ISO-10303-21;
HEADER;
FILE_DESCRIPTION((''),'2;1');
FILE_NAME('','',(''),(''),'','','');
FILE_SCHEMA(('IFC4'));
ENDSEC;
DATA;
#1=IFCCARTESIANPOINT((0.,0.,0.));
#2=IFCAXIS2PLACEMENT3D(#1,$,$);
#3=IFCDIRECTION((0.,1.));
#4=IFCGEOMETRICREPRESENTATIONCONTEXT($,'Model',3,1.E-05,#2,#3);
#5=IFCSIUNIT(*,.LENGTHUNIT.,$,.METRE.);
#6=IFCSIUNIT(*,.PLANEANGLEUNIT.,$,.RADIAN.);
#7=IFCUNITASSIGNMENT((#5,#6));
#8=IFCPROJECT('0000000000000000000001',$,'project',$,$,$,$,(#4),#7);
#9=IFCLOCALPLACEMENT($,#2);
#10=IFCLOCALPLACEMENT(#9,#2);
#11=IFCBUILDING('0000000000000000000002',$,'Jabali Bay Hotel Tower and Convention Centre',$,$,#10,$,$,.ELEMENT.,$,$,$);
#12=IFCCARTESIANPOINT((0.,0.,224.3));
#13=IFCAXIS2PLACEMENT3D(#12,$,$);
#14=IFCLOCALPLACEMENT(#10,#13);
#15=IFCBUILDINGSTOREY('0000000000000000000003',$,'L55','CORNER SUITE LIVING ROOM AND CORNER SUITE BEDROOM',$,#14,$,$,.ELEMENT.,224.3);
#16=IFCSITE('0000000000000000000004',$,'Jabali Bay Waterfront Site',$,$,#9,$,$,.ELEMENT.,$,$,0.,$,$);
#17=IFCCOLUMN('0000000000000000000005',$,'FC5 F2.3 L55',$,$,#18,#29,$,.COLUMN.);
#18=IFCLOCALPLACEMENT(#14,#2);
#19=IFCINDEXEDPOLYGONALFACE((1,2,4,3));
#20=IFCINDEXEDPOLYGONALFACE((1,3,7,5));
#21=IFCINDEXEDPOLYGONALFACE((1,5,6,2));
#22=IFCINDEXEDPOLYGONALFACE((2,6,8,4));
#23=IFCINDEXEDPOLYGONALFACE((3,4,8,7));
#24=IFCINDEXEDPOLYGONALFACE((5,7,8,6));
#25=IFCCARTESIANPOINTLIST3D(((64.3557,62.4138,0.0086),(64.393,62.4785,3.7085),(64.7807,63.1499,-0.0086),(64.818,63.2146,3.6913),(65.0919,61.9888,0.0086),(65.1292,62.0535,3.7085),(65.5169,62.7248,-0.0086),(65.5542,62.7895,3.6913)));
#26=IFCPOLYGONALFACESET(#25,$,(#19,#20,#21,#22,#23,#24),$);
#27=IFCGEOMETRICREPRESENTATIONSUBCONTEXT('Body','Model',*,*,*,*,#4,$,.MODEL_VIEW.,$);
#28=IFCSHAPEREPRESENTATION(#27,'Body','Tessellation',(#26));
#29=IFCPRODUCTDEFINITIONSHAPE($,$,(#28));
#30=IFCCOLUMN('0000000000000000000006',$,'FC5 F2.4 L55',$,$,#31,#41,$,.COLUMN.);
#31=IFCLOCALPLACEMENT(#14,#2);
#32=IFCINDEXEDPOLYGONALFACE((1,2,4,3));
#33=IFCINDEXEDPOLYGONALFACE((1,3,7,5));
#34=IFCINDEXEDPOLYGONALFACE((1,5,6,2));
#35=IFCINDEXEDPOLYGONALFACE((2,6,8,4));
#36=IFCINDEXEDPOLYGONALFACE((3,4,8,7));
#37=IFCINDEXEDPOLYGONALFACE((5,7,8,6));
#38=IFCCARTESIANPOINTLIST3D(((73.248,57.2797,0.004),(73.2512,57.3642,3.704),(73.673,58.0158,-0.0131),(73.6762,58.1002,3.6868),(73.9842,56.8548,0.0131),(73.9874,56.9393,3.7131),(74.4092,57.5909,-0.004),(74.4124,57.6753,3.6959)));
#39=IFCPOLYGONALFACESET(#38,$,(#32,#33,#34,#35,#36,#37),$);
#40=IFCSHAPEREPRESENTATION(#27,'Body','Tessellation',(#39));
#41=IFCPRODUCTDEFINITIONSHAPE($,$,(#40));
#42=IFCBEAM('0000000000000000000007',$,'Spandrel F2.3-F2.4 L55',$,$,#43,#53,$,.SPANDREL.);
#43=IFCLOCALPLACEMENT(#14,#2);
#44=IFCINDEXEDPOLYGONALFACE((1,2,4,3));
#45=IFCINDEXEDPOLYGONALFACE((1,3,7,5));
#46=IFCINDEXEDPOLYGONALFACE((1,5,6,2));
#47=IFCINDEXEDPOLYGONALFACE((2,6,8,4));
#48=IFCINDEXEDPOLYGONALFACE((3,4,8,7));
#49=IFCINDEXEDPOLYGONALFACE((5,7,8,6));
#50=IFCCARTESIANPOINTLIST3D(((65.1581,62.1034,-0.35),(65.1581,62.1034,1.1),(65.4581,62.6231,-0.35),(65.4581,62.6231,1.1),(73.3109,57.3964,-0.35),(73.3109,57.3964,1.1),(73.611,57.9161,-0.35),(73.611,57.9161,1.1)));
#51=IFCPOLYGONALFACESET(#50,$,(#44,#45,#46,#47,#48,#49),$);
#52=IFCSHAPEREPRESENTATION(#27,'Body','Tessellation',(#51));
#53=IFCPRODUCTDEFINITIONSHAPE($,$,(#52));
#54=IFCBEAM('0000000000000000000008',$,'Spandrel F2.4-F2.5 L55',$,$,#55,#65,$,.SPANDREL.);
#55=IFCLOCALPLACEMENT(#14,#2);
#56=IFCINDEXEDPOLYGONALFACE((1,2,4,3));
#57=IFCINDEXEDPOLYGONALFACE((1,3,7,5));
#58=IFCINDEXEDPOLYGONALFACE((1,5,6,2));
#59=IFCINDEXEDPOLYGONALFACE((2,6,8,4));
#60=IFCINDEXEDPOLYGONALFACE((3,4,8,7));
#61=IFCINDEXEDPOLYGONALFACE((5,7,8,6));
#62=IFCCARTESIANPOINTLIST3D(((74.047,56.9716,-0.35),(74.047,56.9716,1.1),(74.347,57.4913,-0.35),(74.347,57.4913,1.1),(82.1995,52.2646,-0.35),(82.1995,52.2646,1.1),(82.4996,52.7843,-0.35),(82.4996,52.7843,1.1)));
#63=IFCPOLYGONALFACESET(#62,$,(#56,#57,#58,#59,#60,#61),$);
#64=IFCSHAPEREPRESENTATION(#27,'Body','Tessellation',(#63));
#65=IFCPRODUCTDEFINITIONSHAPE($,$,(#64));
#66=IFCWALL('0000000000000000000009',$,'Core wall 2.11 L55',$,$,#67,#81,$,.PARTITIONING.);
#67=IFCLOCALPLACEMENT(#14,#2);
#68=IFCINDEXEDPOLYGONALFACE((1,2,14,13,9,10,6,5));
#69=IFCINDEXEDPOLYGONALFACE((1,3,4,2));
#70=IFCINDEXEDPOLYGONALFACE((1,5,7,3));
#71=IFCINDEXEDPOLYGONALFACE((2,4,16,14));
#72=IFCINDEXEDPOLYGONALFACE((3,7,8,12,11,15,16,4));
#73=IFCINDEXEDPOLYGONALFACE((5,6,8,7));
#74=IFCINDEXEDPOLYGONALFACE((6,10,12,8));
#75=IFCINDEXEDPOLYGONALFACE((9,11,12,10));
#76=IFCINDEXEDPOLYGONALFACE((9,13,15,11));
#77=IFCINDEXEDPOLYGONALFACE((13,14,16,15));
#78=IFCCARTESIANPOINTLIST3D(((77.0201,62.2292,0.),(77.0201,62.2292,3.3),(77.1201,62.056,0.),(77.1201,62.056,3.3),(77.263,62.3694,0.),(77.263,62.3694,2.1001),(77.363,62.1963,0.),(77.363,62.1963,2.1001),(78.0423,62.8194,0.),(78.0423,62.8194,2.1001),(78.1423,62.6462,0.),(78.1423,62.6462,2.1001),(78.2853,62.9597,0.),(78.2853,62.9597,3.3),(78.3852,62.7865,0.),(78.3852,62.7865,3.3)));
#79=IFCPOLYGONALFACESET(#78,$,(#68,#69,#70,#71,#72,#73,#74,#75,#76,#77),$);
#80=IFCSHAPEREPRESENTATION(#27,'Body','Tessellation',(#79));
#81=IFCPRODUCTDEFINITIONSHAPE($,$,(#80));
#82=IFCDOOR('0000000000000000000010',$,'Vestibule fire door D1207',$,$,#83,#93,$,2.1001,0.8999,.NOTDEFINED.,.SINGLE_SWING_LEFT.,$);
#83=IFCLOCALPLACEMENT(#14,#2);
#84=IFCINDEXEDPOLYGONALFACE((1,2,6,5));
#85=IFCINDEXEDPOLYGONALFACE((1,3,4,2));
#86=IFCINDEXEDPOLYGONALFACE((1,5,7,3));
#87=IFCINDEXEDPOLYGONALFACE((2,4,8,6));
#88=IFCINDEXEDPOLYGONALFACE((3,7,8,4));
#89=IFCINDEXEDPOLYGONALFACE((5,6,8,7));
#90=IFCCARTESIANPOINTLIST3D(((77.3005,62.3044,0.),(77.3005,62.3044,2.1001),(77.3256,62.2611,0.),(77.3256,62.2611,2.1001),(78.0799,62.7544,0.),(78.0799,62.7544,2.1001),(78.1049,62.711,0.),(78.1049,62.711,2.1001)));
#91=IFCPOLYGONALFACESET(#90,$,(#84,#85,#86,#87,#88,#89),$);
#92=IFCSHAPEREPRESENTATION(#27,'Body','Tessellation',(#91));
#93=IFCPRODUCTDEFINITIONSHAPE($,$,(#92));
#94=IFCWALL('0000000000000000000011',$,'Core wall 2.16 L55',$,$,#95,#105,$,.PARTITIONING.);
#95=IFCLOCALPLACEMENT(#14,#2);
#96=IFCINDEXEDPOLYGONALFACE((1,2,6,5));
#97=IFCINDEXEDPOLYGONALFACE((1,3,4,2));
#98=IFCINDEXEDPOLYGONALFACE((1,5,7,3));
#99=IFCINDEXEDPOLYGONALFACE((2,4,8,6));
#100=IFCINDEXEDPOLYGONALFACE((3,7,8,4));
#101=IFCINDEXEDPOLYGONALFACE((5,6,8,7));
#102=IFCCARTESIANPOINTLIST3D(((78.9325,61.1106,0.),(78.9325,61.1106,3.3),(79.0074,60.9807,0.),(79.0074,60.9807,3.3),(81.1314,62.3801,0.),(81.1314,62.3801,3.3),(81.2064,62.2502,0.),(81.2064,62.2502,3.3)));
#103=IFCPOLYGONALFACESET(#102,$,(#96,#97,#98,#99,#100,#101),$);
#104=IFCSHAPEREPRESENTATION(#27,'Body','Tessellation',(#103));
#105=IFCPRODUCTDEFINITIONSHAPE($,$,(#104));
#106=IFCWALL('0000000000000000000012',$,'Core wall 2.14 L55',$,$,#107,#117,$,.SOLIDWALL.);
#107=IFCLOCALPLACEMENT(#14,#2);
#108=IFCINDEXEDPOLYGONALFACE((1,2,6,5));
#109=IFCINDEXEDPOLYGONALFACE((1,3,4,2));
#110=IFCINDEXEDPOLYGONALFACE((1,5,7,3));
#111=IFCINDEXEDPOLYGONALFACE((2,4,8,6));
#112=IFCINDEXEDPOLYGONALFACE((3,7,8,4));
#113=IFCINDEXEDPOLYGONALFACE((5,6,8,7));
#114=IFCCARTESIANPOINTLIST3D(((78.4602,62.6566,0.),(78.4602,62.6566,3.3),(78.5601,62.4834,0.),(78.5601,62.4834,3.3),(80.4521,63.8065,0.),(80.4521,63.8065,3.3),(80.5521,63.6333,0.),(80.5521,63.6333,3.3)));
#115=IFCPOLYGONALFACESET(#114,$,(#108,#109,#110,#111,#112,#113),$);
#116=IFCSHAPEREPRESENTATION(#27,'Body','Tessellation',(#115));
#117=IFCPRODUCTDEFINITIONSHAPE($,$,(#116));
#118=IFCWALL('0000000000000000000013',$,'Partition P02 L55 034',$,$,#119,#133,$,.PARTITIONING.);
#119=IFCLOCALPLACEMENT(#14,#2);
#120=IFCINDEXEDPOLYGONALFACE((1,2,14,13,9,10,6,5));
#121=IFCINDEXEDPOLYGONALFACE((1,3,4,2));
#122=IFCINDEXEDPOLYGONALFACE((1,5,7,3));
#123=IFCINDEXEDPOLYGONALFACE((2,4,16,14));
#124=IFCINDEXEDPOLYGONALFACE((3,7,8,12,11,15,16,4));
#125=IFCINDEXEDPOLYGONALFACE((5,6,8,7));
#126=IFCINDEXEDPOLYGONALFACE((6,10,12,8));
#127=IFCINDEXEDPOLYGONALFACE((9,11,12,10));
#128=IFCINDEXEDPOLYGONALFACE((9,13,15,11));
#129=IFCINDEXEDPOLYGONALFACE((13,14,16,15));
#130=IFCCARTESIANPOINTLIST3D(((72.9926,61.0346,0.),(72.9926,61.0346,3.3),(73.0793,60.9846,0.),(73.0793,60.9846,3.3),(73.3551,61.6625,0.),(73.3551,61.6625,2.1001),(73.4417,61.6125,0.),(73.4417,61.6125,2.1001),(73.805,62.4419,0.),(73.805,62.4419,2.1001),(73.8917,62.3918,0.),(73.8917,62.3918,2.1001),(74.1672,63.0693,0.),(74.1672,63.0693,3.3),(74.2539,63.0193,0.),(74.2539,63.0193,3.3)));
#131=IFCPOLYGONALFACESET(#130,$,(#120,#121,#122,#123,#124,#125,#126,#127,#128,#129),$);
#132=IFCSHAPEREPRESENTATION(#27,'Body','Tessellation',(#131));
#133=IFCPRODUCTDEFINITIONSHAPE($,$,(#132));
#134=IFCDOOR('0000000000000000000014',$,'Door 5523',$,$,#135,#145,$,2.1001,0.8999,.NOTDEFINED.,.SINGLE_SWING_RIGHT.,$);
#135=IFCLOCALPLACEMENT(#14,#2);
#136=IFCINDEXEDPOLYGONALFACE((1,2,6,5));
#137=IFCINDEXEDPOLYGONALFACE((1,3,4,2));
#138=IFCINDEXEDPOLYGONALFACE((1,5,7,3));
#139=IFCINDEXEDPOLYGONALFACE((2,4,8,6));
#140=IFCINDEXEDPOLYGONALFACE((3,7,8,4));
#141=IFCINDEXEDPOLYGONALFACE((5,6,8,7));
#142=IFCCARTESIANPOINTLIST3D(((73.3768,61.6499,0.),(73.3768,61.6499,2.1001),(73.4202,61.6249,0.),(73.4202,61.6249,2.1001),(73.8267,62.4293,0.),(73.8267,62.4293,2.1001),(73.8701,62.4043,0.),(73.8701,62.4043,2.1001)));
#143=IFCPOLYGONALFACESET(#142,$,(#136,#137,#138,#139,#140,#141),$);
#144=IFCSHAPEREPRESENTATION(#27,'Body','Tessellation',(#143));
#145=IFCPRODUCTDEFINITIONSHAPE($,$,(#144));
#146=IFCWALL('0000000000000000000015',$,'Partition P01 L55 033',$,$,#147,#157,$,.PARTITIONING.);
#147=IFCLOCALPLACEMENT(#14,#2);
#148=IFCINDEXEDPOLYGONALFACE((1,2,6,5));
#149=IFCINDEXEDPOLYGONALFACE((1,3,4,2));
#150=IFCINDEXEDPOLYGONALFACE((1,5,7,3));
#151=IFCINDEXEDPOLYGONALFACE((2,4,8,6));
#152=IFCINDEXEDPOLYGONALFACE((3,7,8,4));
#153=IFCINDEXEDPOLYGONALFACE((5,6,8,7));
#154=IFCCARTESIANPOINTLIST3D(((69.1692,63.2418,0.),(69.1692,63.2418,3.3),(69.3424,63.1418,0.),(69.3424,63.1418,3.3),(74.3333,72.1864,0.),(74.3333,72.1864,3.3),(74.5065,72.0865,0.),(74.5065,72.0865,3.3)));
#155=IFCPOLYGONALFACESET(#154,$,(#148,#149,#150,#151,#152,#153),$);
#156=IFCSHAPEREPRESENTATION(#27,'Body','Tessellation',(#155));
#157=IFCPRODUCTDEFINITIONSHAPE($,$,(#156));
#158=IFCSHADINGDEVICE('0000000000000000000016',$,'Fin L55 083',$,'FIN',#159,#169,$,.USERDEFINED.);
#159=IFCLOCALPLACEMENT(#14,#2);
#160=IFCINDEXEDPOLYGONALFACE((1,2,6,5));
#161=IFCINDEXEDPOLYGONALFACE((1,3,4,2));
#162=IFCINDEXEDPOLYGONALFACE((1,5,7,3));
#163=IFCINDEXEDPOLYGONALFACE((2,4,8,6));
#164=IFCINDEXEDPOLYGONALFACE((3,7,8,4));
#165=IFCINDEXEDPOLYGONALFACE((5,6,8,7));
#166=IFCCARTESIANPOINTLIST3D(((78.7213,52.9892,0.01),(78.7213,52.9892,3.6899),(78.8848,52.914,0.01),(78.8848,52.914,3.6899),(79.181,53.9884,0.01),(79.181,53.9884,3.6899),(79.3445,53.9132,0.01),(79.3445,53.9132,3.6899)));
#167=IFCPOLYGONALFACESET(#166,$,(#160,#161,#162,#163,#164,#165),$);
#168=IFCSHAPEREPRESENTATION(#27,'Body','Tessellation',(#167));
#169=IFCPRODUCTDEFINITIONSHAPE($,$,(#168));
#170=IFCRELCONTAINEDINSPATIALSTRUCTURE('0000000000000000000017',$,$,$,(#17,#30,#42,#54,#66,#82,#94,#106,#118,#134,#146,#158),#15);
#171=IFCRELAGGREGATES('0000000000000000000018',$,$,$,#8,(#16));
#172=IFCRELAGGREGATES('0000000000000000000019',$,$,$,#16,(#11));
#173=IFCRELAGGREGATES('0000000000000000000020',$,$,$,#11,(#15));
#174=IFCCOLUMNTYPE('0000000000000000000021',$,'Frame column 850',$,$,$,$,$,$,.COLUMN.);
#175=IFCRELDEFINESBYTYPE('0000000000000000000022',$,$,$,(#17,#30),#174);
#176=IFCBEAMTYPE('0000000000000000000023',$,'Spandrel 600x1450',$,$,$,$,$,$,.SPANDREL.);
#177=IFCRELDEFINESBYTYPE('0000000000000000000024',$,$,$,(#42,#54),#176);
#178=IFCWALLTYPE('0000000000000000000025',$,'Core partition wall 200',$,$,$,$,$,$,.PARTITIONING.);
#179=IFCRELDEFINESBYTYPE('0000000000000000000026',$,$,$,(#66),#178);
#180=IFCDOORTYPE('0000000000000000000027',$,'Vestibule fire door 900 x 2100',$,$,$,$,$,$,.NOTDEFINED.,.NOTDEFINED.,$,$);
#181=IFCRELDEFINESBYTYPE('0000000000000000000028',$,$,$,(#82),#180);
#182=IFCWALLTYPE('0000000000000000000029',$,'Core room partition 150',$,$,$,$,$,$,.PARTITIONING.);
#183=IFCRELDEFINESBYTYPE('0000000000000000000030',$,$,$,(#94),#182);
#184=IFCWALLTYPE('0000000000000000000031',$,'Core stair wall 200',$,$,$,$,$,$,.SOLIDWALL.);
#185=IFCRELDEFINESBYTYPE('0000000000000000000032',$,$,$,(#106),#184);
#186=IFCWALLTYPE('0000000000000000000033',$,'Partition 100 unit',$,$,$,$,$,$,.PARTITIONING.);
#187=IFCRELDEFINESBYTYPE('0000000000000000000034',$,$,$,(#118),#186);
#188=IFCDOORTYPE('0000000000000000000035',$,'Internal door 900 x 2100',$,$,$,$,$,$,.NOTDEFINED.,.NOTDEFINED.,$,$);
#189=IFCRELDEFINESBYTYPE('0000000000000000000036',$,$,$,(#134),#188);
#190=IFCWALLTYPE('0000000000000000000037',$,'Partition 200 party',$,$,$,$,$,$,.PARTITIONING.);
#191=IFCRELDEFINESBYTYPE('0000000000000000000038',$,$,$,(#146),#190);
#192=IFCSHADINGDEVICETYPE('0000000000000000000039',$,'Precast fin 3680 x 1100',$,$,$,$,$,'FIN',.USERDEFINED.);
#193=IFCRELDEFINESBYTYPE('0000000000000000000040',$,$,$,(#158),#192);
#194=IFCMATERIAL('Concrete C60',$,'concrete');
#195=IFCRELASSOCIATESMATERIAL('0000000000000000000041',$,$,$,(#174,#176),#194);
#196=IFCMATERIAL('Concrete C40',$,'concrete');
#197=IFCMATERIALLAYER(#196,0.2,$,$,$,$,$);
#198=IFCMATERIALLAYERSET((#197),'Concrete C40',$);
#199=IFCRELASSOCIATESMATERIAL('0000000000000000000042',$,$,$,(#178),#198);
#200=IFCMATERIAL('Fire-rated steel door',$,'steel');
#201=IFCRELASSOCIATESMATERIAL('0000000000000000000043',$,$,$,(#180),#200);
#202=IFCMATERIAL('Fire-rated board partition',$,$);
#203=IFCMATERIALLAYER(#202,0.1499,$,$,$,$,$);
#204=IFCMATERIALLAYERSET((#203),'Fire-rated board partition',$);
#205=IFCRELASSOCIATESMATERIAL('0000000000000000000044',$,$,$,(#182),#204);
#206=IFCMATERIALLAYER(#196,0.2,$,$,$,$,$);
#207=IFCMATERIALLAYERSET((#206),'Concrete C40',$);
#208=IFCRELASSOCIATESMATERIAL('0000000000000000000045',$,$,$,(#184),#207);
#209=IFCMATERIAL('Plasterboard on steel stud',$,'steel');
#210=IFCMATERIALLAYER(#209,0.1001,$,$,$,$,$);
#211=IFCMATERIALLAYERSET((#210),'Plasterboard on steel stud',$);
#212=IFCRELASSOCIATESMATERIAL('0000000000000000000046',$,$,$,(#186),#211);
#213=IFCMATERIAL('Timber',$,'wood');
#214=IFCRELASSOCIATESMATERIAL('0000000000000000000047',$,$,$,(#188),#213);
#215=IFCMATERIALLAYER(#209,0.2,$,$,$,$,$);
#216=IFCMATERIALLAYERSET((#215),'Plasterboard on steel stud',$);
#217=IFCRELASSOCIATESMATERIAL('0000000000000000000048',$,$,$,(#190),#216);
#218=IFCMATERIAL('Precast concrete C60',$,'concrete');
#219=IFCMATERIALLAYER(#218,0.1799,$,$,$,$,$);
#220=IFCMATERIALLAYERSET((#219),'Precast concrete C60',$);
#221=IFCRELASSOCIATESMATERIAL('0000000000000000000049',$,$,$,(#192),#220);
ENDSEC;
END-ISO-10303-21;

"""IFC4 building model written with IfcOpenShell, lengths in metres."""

from ifc_helpers import new_model, si_unit, direction, frame, frame_2d, origin, origin_2d, place, context, subcontext, project, spatial, rectangle, extrude, material, layer, layer_set, material_profile, profile_set, type_object, element, fill, save


model = new_model("IFC4")

# Units and contexts
model_context = context("Model", 3, precision=1e-05, world=origin(), true_north=direction((0.0, 1.0)))
body_context = subcontext(model_context, "Body", "Model", "MODEL_VIEW")
ifc_project = project(units=[si_unit("LENGTHUNIT", "METRE"), si_unit("PLANEANGLEUNIT", "RADIAN")], contexts=[model_context])

# Site, building, storey
site_placement = place(None, origin())
site = spatial("IfcSite", under=ifc_project, at=site_placement, Name="Jabali Bay Waterfront Site", CompositionType="ELEMENT", RefElevation=0.0)
building_placement = place(site_placement, origin())
building = spatial("IfcBuilding", under=site, at=building_placement, Name="Jabali Bay Hotel Tower and Convention Centre", CompositionType="ELEMENT")
storey_placement = place(building_placement, frame((0.0, 0.0, 224.3)))
storey = spatial("IfcBuildingStorey", under=building, at=storey_placement, Name="L55", Description="CORNER SUITE LIVING ROOM AND CORNER SUITE BEDROOM", CompositionType="ELEMENT", Elevation=224.3)

# Columns
ifc_material_1 = material(Name="Concrete C60", Category="concrete")
ifc_material_profile_1 = material_profile(ifc_material_1, rectangle(XDim=0.8501, YDim=0.8501, at=origin_2d()), Name="Frame column 850")
ifc_profile_set_1 = profile_set([ifc_material_profile_1], Name="Concrete C60")
column_type = type_object("IfcColumnType", Name="Frame column 850", PredefinedType="COLUMN", material=ifc_profile_set_1)
column_1_placement = place(storey_placement, frame((64.9363, 62.5693, 0.0), z_axis=(0.010094, 0.017482, 0.999796), x_axis=(-0.499913, -0.86584, 0.020187)))
element("IfcColumn", 1, at=column_1_placement, inside=storey, type_object=column_type, Name="FC5 F2.3 L55", PredefinedType="COLUMN", context=body_context, shape_type="SweptSolid", body=[
    extrude(rectangle(XDim=0.8501, YDim=0.8501, at=origin_2d()), origin(), (0.0, 0.0, 1.0), 3.7007),
])
column_2_placement = place(storey_placement, frame((73.8286, 57.4353, 0.0), z_axis=(0.000858, 0.022825, 0.999739), x_axis=(-0.499939, -0.865825, 0.020196)))
element("IfcColumn", 2, at=column_2_placement, inside=storey, type_object=column_type, Name="FC5 F2.4 L55", PredefinedType="COLUMN", context=body_context, shape_type="SweptSolid", body=[
    extrude(rectangle(XDim=0.8501, YDim=0.8501, at=origin_2d()), origin(), (0.0, 0.0, 1.0), 3.7009),
])

# Beams
ifc_material_profile_2 = material_profile(ifc_material_1, rectangle(XDim=0.6001, YDim=1.45, at=origin_2d()), Name="Spandrel 600x1450")
ifc_profile_set_2 = profile_set([ifc_material_profile_2], Name="Concrete C60")
beam_type = type_object("IfcBeamType", Name="Spandrel 600x1450", PredefinedType="SPANDREL", material=ifc_profile_set_2)
beam_1_placement = place(storey_placement, frame((65.3081, 62.3633, 0.375), z_axis=(0.866026, -0.499999, 0.0), x_axis=(0.499999, 0.866026, 0.0)))
element("IfcBeam", 3, at=beam_1_placement, inside=storey, type_object=beam_type, Name="Spandrel F2.3-F2.4 L55", PredefinedType="SPANDREL", context=body_context, shape_type="SweptSolid", body=[
    extrude(rectangle(XDim=0.6001, YDim=1.45, at=origin_2d()), origin(), (0.0, 0.0, 1.0), 9.4141),
])
beam_2_placement = place(storey_placement, frame((74.197, 57.2314, 0.375), z_axis=(0.866019, -0.500011, 0.0), x_axis=(0.500011, 0.866019, 0.0)))
element("IfcBeam", 4, at=beam_2_placement, inside=storey, type_object=beam_type, Name="Spandrel F2.4-F2.5 L55", PredefinedType="SPANDREL", context=body_context, shape_type="SweptSolid", body=[
    extrude(rectangle(XDim=0.6001, YDim=1.45, at=origin_2d()), origin(), (0.0, 0.0, 1.0), 9.4138),
])

# Wall, opening, door
ifc_material_2 = material(Name="Concrete C40", Category="concrete")
ifc_layer_1 = layer(ifc_material_2, 0.2)
ifc_layer_set_1 = layer_set([ifc_layer_1], Name="Concrete C40")
wall_type_1 = type_object("IfcWallType", Name="Core partition wall 200", PredefinedType="PARTITIONING", material=ifc_layer_set_1)
wall_1_placement = place(storey_placement, frame((77.0701, 62.1426, 0.0), z_axis=(0.0, 0.0, 1.0), x_axis=(0.866013, 0.500021, 0.0)))
wall_1 = element("IfcWall", 5, at=wall_1_placement, inside=storey, type_object=wall_type_1, Name="Core wall 2.11 L55", PredefinedType="PARTITIONING", context=body_context, shape_type="SweptSolid", body=[
    extrude(rectangle(XDim=1.4609, YDim=0.2, at=frame_2d((0.7305, 0.0))), origin(), (0.0, 0.0, 1.0), 3.3),
])
opening_1_placement = place(wall_1_placement, frame((0.2805, 0.0, 0.0)))
opening_1 = element("IfcOpeningElement", 6, at=opening_1_placement, cuts=wall_1, PredefinedType="OPENING", context=body_context, shape_type="SweptSolid", body=[
    extrude(rectangle(XDim=0.8999, YDim=2.1001, at=frame_2d((0.45, 1.05))), frame((0.0, 0.1104, 0.0), z_axis=(0.0, -1.0, 0.0), x_axis=(1.0, 0.0, 0.0)), (0.0, 0.0, 1.0), 0.2209),
])
ifc_material_3 = material(Name="Fire-rated steel door", Category="steel")
door_type_1 = type_object("IfcDoorType", Name="Vestibule fire door 900 x 2100", OperationType="NOTDEFINED", PredefinedType="NOTDEFINED", material=ifc_material_3)
door_1_placement = place(opening_1_placement, origin())
door_1 = element("IfcDoor", 7, at=door_1_placement, inside=storey, type_object=door_type_1, Name="Vestibule fire door D1207", OperationType="SINGLE_SWING_LEFT", OverallHeight=2.1001, OverallWidth=0.8999, PredefinedType="NOTDEFINED", context=body_context, shape_type="SweptSolid", body=[
    extrude(rectangle(XDim=0.8999, YDim=2.1001, at=frame_2d((0.45, 1.05))), frame((0.0, 0.0249, 0.0), z_axis=(0.0, -1.0, 0.0), x_axis=(1.0, 0.0, 0.0)), (0.0, 0.0, 1.0), 0.05),
])
fill(opening_1, door_1)

# Walls
ifc_material_4 = material(Name="Fire-rated board partition")
ifc_layer_2 = layer(ifc_material_4, 0.1499)
ifc_layer_set_2 = layer_set([ifc_layer_2], Name="Fire-rated board partition")
wall_type_2 = type_object("IfcWallType", Name="Core room partition 150", PredefinedType="PARTITIONING", material=ifc_layer_set_2)
wall_2_placement = place(storey_placement, frame((78.97, 61.0457, 0.0), z_axis=(0.0, 0.0, 1.0), x_axis=(0.866033, 0.499986, 0.0)))
element("IfcWall", 8, at=wall_2_placement, inside=storey, type_object=wall_type_2, Name="Core wall 2.16 L55", PredefinedType="PARTITIONING", context=body_context, shape_type="SweptSolid", body=[
    extrude(rectangle(XDim=2.5391, YDim=0.1499, at=frame_2d((1.2695, 0.0))), origin(), (0.0, 0.0, 1.0), 3.3),
])
ifc_layer_3 = layer(ifc_material_2, 0.2)
ifc_layer_set_3 = layer_set([ifc_layer_3], Name="Concrete C40")
wall_type_3 = type_object("IfcWallType", Name="Core stair wall 200", PredefinedType="SOLIDWALL", material=ifc_layer_set_3)
wall_3_placement = place(storey_placement, frame((78.5103, 62.5701, 0.0), z_axis=(0.0, 0.0, 1.0), x_axis=(0.866053, 0.499952, 0.0)))
element("IfcWall", 9, at=wall_3_placement, inside=storey, type_object=wall_type_3, Name="Core wall 2.14 L55", PredefinedType="SOLIDWALL", context=body_context, shape_type="SweptSolid", body=[
    extrude(rectangle(XDim=2.3, YDim=0.2, at=frame_2d((1.1499, 0.0))), origin(), (0.0, 0.0, 1.0), 3.3),
])

# Wall, opening, door
ifc_material_5 = material(Name="Plasterboard on steel stud", Category="steel")
ifc_layer_4 = layer(ifc_material_5, 0.1001)
ifc_layer_set_4 = layer_set([ifc_layer_4], Name="Plasterboard on steel stud")
wall_type_4 = type_object("IfcWallType", Name="Partition 100 unit", PredefinedType="PARTITIONING", material=ifc_layer_set_4)
wall_4_placement = place(storey_placement, frame((73.0359, 61.0095, 0.0), z_axis=(0.0, 0.0, 1.0), x_axis=(0.49995, 0.866054, 0.0)))
wall_4 = element("IfcWall", 10, at=wall_4_placement, inside=storey, type_object=wall_type_4, Name="Partition P02 L55 034", PredefinedType="PARTITIONING", context=body_context, shape_type="SweptSolid", body=[
    extrude(rectangle(XDim=2.3494, YDim=0.1001, at=frame_2d((1.1748, 0.0))), origin(), (0.0, 0.0, 1.0), 3.3),
])
opening_2_placement = place(wall_4_placement, frame((0.7251, 0.0, 0.0)))
opening_2 = element("IfcOpeningElement", 11, at=opening_2_placement, cuts=wall_4, PredefinedType="OPENING", context=body_context, shape_type="SweptSolid", body=[
    extrude(rectangle(XDim=0.8999, YDim=2.1001, at=frame_2d((0.45, 1.05))), frame((0.0, 0.0605, 0.0), z_axis=(0.0, -1.0, 0.0), x_axis=(1.0, 0.0, 0.0)), (0.0, 0.0, 1.0), 0.1211),
])
ifc_material_6 = material(Name="Timber", Category="wood")
door_type_2 = type_object("IfcDoorType", Name="Internal door 900 x 2100", OperationType="NOTDEFINED", PredefinedType="NOTDEFINED", material=ifc_material_6)
door_2_placement = place(opening_2_placement, origin())
door_2 = element("IfcDoor", 12, at=door_2_placement, inside=storey, type_object=door_type_2, Name="Door 5523", OperationType="SINGLE_SWING_RIGHT", OverallHeight=2.1001, OverallWidth=0.8999, PredefinedType="NOTDEFINED", context=body_context, shape_type="SweptSolid", body=[
    extrude(rectangle(XDim=0.8999, YDim=2.1001, at=frame_2d((0.45, 1.05))), frame((0.0, 0.0249, 0.0), z_axis=(0.0, -1.0, 0.0), x_axis=(1.0, 0.0, 0.0)), (0.0, 0.0, 1.0), 0.05),
])
fill(opening_2, door_2)

# Wall
ifc_layer_5 = layer(ifc_material_5, 0.2)
ifc_layer_set_5 = layer_set([ifc_layer_5], Name="Plasterboard on steel stud")
wall_type_5 = type_object("IfcWallType", Name="Partition 200 party", PredefinedType="PARTITIONING", material=ifc_layer_set_5)
wall_5_placement = place(storey_placement, frame((69.2559, 63.1919, 0.0), z_axis=(0.0, 0.0, 1.0), x_axis=(0.499993, 0.866029, 0.0)))
element("IfcWall", 13, at=wall_5_placement, inside=storey, type_object=wall_type_5, Name="Partition P01 L55 033", PredefinedType="PARTITIONING", context=body_context, shape_type="SweptSolid", body=[
    extrude(rectangle(XDim=10.3284, YDim=0.2, at=frame_2d((5.1641, 0.0))), origin(), (0.0, 0.0, 1.0), 3.3),
])

# Shading device
ifc_material_7 = material(Name="Precast concrete C60", Category="concrete")
ifc_layer_6 = layer(ifc_material_7, 0.1799)
ifc_layer_set_6 = layer_set([ifc_layer_6], Name="Precast concrete C60")
shading_device_type_1 = type_object("IfcShadingDeviceType", Name="Precast fin 3680 x 1100", ElementType="FIN", PredefinedType="USERDEFINED", material=ifc_layer_set_6)
shading_device_placement = place(storey_placement, frame((79.2627, 53.9507, 0.01), z_axis=(0.0, 0.0, 1.0), x_axis=(-0.417946, -0.908472, 0.0)))
element("IfcShadingDevice", 14, at=shading_device_placement, inside=storey, type_object=shading_device_type_1, Name="Fin L55 083", ObjectType="FIN", PredefinedType="USERDEFINED", context=body_context, shape_type="SweptSolid", body=[
    extrude(rectangle(XDim=1.0999, YDim=0.1799, at=frame_2d((0.5498, 0.0))), origin(), (0.0, 0.0, 1.0), 3.6799),
])

save(model, "model.ifc")
